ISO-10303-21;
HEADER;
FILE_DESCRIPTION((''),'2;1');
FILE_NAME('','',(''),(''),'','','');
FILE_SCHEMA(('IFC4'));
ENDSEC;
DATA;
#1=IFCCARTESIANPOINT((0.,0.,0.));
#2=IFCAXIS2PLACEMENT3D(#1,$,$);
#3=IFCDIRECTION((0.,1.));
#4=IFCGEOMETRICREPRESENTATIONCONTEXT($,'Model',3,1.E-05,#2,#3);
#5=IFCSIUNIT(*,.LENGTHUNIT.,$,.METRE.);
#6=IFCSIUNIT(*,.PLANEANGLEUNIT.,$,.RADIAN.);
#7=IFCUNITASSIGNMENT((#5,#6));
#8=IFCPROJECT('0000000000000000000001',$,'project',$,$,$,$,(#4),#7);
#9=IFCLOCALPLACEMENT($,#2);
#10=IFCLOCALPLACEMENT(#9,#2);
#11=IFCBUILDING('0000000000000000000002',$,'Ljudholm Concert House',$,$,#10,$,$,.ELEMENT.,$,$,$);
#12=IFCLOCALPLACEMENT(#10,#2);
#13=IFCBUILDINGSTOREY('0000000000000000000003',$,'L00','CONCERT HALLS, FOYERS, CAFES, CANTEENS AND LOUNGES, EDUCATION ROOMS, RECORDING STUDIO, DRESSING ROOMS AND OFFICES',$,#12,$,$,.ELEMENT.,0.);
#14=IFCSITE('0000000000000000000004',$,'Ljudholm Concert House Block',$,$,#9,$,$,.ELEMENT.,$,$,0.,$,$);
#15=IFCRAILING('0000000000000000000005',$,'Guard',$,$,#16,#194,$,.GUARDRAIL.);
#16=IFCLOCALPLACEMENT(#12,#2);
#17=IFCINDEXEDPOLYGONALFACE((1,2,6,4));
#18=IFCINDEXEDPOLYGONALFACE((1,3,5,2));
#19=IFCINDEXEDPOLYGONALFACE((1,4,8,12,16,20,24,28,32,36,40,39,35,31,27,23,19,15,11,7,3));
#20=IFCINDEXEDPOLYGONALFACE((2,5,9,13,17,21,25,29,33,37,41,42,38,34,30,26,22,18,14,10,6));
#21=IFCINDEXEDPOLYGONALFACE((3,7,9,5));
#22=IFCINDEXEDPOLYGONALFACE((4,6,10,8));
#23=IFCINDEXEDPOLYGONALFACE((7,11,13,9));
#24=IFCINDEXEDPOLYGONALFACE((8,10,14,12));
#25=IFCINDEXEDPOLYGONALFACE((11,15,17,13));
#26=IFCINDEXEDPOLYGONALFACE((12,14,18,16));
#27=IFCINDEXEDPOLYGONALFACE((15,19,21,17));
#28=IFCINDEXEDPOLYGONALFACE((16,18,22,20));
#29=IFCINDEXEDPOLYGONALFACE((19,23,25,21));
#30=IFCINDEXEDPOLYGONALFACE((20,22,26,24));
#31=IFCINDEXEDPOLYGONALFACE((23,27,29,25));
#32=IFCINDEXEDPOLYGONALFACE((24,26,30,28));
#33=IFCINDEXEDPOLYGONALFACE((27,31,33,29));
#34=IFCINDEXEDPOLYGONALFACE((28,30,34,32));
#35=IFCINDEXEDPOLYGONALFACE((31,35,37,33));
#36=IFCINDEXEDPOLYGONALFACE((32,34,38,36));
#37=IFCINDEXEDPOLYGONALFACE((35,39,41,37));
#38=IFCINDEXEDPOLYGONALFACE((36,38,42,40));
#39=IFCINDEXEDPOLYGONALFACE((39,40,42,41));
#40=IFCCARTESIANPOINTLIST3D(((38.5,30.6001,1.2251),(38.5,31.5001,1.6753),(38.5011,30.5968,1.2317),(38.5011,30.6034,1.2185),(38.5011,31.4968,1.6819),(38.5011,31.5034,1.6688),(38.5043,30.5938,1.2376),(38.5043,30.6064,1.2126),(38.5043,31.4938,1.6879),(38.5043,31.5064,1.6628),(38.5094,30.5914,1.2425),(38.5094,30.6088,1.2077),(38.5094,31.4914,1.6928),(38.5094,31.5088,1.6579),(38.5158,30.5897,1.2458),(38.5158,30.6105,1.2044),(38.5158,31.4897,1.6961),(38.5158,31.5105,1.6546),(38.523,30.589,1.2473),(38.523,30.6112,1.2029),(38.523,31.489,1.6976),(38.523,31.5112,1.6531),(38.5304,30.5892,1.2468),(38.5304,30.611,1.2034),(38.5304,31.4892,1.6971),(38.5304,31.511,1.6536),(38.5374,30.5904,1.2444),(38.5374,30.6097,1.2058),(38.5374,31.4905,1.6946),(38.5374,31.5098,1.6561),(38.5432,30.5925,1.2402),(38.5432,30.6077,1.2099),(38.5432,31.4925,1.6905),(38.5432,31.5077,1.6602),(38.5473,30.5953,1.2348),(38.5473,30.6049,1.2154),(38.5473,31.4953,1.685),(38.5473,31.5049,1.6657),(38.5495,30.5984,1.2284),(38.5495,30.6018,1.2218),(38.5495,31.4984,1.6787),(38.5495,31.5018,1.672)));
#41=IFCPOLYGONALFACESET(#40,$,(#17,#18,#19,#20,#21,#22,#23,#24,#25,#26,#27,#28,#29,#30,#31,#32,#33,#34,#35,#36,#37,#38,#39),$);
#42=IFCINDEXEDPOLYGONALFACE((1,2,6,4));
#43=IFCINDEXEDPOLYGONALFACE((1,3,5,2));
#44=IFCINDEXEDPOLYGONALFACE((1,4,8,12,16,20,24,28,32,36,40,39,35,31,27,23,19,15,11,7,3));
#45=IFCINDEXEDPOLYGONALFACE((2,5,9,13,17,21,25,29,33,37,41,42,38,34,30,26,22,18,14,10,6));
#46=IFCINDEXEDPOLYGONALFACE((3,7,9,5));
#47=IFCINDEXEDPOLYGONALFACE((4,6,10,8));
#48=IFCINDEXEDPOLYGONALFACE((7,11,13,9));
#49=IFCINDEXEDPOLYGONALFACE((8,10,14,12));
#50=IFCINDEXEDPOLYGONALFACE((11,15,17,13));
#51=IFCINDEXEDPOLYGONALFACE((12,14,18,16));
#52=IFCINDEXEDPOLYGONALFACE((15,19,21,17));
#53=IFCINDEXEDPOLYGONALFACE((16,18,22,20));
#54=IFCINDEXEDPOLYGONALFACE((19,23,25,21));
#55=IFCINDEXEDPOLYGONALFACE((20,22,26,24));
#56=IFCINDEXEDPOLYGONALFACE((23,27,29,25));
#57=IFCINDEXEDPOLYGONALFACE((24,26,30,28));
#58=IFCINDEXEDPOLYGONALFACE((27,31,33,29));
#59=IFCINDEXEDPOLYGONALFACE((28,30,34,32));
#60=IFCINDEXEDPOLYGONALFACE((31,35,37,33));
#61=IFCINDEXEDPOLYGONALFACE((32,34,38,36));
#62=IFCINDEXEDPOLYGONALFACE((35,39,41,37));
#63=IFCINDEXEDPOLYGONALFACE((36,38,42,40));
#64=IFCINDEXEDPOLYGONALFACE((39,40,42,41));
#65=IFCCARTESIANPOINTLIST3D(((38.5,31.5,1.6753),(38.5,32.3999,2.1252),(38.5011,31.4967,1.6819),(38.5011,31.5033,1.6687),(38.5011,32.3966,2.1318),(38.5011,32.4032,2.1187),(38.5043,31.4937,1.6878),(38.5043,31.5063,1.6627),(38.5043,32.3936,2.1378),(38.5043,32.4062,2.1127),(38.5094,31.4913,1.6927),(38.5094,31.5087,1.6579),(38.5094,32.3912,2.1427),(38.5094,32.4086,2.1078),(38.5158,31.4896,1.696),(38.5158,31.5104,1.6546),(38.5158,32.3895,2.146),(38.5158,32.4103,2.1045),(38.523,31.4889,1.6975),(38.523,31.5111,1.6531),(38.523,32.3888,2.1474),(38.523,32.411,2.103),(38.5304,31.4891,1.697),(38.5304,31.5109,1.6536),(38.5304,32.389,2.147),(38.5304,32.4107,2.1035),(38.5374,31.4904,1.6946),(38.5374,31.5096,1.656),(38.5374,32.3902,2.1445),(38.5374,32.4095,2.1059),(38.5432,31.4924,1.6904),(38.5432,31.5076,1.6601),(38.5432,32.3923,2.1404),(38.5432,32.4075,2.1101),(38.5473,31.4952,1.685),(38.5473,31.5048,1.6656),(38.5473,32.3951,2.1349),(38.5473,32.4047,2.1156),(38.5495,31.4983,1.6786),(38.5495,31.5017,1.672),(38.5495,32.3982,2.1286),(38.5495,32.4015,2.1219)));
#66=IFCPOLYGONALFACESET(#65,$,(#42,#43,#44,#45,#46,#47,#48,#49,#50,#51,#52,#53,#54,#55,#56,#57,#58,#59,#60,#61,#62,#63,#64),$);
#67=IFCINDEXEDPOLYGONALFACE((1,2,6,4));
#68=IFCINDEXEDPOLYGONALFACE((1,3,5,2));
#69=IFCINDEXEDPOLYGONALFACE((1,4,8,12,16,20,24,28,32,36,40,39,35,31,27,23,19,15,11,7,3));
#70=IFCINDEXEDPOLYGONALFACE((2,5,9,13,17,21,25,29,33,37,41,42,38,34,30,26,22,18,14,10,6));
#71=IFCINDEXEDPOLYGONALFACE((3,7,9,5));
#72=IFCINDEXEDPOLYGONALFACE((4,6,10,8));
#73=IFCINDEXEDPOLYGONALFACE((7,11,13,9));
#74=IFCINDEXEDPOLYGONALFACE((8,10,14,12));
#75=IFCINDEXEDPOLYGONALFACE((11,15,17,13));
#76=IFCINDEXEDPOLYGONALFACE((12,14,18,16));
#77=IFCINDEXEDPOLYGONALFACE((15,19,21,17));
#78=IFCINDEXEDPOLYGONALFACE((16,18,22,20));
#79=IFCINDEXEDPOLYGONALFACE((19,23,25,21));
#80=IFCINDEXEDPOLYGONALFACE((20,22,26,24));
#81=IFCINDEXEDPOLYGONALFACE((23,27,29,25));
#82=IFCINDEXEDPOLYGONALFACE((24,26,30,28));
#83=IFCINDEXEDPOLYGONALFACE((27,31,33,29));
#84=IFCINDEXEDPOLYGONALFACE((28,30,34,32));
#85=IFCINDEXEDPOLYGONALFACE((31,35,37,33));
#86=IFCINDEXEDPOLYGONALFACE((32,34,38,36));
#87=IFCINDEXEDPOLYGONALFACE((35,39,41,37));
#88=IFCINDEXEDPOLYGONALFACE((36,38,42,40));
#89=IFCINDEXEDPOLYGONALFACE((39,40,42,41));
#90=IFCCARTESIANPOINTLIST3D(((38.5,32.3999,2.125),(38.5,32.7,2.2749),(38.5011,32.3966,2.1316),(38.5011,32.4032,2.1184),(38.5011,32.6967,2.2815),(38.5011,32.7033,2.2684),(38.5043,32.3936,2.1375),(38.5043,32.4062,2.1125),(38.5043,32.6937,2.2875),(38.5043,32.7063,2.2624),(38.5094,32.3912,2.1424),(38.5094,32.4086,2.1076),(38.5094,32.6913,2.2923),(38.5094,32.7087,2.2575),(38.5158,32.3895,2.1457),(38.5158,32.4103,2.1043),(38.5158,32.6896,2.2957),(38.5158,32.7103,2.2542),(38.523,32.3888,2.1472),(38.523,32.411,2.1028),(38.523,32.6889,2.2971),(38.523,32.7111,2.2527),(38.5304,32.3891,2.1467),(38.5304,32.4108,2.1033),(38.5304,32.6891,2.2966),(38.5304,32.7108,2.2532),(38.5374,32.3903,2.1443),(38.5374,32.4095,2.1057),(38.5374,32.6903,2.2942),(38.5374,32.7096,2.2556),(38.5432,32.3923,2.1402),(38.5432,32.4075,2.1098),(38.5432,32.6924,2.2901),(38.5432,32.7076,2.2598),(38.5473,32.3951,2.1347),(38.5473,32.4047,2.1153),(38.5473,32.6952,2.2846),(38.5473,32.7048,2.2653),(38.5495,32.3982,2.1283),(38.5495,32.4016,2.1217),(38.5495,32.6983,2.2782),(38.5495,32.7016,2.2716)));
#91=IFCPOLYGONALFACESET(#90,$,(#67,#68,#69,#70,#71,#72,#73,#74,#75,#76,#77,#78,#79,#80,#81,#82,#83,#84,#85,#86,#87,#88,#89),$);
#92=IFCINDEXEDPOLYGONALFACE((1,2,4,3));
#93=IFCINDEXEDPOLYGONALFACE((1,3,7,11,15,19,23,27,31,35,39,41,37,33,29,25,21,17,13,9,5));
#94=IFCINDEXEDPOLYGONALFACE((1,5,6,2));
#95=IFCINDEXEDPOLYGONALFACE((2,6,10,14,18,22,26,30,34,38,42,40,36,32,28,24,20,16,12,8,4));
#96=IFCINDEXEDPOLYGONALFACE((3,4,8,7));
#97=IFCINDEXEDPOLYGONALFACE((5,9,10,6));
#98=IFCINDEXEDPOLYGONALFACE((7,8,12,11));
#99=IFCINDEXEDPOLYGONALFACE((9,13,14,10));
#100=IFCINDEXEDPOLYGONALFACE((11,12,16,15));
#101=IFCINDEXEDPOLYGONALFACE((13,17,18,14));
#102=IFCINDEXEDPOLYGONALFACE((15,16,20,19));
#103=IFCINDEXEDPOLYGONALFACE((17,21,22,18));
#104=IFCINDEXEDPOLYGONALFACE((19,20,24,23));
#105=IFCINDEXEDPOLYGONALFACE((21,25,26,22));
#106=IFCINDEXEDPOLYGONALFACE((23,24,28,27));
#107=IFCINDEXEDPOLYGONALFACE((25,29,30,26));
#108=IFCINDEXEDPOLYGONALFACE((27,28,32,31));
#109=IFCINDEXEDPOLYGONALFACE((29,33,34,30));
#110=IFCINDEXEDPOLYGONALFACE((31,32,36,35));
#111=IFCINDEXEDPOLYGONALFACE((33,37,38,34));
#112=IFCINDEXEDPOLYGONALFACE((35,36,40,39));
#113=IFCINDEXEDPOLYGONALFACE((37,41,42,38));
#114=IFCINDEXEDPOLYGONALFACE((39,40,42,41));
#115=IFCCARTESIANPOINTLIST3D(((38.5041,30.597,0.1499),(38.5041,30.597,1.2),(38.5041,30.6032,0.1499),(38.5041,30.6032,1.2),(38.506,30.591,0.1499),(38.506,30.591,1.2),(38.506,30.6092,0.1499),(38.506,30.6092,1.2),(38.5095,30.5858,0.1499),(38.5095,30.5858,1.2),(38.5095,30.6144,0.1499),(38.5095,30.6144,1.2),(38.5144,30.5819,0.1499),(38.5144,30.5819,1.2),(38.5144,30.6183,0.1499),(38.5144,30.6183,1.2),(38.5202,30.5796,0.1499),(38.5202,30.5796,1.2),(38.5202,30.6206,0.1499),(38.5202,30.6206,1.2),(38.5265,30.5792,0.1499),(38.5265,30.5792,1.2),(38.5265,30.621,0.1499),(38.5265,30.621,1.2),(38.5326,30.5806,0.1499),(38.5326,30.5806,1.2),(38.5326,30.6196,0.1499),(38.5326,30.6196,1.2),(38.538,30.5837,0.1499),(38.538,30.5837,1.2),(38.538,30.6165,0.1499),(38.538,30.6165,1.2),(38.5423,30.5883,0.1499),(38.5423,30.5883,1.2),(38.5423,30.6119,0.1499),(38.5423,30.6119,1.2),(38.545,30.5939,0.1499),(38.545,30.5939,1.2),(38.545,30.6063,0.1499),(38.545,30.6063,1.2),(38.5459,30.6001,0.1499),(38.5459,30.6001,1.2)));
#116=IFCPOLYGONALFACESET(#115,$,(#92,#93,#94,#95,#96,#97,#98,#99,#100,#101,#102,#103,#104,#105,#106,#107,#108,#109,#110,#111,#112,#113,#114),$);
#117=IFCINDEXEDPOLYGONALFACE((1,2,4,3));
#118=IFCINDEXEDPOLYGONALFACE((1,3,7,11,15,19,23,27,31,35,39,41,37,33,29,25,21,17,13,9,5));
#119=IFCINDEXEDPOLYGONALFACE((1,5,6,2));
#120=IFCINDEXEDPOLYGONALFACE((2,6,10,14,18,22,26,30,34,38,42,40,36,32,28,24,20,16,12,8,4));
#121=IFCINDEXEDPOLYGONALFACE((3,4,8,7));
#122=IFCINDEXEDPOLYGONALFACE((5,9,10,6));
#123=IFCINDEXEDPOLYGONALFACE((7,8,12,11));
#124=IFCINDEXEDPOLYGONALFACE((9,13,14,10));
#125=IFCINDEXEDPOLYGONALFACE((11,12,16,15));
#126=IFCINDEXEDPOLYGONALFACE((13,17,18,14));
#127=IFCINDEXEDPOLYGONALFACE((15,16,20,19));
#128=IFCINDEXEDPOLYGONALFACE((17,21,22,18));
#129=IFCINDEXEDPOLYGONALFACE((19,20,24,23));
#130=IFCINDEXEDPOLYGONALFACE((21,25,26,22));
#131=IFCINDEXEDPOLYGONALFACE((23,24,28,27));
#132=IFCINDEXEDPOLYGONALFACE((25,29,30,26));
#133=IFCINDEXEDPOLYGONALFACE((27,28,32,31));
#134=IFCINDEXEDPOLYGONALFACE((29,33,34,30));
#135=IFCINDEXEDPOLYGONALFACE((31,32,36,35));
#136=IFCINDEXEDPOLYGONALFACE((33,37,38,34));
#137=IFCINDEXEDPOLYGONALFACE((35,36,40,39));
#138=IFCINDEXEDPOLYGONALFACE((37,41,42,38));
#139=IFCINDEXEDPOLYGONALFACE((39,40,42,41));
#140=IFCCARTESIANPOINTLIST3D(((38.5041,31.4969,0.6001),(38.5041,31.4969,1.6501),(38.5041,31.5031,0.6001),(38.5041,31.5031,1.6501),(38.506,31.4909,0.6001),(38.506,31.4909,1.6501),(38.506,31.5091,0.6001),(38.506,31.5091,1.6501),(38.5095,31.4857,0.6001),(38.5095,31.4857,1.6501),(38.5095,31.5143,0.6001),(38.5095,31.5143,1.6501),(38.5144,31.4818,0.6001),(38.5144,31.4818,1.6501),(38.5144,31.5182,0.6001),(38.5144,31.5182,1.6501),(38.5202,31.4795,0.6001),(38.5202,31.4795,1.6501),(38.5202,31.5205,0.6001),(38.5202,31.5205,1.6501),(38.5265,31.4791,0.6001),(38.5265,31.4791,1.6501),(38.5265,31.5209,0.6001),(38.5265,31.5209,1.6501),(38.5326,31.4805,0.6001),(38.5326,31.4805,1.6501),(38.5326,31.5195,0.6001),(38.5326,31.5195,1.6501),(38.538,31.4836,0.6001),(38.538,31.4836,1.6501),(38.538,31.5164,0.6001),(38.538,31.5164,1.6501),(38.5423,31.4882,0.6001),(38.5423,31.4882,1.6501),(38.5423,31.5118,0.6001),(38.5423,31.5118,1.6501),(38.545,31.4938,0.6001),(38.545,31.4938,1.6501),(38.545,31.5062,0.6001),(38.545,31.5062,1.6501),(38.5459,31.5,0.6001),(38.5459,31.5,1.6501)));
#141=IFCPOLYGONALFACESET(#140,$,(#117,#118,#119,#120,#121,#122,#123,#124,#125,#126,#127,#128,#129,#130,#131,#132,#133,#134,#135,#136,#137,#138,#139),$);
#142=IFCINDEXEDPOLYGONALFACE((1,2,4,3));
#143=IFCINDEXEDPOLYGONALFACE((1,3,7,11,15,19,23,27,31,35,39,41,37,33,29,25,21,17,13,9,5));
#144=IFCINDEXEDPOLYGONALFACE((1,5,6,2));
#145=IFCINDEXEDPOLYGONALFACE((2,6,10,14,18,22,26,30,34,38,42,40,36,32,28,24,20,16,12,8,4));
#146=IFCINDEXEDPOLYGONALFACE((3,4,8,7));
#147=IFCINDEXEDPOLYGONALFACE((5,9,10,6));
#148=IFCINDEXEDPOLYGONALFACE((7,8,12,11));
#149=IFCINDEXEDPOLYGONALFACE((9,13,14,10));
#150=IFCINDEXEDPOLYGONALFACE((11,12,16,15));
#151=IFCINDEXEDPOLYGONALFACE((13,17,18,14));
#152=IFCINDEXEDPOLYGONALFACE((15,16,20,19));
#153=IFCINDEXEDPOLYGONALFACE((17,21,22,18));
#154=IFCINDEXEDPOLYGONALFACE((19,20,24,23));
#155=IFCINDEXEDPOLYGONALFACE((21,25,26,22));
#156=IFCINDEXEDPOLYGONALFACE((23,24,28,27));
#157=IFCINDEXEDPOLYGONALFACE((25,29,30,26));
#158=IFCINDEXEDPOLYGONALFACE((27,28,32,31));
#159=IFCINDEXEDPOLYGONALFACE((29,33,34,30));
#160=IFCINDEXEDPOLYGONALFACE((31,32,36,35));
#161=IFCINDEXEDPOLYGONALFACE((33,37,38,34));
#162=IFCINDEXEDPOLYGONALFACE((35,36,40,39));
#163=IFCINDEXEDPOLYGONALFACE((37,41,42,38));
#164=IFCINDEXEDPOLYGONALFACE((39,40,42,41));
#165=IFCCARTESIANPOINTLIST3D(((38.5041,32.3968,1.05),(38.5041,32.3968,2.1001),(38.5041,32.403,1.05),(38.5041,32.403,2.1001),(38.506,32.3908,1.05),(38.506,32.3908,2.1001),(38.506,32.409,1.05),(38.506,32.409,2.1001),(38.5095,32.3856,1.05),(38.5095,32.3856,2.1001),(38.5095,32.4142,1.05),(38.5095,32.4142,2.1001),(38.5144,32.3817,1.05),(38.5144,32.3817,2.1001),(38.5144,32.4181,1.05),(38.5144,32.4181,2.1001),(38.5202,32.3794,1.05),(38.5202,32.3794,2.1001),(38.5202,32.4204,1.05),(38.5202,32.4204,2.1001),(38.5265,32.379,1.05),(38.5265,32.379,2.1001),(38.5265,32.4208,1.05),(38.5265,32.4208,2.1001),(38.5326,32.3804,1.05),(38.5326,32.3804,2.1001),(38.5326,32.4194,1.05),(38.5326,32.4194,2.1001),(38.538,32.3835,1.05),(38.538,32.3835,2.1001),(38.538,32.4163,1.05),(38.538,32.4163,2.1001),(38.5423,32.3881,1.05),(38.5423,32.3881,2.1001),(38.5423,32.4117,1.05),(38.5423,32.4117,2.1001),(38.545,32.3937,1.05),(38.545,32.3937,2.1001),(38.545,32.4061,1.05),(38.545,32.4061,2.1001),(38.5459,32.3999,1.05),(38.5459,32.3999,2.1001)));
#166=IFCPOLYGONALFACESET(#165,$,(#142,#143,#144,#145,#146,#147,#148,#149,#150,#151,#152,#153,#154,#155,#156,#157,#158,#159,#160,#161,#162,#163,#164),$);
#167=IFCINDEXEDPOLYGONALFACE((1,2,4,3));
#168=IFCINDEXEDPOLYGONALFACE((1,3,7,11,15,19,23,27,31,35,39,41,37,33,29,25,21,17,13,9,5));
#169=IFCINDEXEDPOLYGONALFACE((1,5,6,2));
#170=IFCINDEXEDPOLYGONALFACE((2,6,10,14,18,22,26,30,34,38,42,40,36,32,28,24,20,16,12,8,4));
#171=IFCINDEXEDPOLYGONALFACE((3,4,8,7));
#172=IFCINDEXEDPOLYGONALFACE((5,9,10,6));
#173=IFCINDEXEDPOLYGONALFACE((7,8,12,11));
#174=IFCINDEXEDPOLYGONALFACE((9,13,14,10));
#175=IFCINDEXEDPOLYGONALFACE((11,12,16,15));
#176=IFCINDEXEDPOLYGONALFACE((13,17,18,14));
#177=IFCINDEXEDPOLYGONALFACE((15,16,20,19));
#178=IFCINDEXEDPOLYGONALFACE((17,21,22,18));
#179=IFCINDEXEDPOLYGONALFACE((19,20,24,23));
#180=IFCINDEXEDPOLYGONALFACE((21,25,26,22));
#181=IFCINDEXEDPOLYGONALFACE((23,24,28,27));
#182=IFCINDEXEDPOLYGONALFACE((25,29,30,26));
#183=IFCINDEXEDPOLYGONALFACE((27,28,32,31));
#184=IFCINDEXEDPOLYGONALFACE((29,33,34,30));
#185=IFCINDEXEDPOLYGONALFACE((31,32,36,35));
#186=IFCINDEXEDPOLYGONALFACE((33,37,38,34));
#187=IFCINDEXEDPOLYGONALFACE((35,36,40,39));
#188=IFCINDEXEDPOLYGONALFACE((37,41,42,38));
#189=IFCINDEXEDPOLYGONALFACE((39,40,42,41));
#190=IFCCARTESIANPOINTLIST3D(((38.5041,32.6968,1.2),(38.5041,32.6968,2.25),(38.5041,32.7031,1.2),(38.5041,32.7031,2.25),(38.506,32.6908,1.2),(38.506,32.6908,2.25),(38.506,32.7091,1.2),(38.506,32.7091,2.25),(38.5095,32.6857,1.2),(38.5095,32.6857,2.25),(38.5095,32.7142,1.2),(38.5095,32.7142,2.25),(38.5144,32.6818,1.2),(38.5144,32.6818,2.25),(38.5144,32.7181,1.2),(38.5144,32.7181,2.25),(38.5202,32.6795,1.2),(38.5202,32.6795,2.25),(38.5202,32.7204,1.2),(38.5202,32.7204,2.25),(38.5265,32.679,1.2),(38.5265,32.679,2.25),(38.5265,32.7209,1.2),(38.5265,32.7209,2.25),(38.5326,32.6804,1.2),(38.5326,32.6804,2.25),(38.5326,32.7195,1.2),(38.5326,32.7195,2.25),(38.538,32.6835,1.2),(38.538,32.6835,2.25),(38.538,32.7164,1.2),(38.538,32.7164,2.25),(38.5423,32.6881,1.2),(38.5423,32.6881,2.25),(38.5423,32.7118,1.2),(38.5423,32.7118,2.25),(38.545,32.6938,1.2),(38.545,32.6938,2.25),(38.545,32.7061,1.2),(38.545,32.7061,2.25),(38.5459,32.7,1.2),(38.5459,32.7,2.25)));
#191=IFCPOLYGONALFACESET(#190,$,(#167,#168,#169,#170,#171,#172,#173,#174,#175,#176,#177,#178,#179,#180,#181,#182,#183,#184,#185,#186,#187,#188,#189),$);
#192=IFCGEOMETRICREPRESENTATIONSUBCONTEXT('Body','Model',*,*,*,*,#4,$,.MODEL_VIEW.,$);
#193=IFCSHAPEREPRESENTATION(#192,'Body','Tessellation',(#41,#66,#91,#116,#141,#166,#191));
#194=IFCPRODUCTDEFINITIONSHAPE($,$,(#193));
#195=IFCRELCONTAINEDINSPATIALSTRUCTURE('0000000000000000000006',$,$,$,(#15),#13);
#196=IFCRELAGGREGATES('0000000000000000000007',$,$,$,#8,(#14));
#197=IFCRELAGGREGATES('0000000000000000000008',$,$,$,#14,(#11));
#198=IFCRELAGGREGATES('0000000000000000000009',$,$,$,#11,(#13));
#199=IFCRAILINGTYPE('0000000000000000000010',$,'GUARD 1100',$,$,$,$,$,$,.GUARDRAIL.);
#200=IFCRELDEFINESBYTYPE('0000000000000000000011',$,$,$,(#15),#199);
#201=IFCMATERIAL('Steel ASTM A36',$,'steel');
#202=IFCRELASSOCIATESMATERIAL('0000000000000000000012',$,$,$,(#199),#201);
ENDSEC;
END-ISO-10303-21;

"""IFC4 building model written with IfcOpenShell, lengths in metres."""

from ifc_helpers import new_model, si_unit, direction, frame, origin, origin_2d, place, context, subcontext, project, spatial, circle, extrude, material, type_object, element, save


model = new_model("IFC4")

# Units and contexts
model_context = context("Model", 3, precision=1e-05, world=origin(), true_north=direction((0.0, 1.0)))
body_context = subcontext(model_context, "Body", "Model", "MODEL_VIEW")
ifc_project = project(units=[si_unit("LENGTHUNIT", "METRE"), si_unit("PLANEANGLEUNIT", "RADIAN")], contexts=[model_context])

# Site, building, storey
site_placement = place(None, origin())
site = spatial("IfcSite", under=ifc_project, at=site_placement, Name="Ljudholm Concert House Block", CompositionType="ELEMENT", RefElevation=0.0)
building_placement = place(site_placement, origin())
building = spatial("IfcBuilding", under=site, at=building_placement, Name="Ljudholm Concert House", CompositionType="ELEMENT")
storey_placement = place(building_placement, origin())
storey = spatial("IfcBuildingStorey", under=building, at=storey_placement, Name="L00", Description="CONCERT HALLS, FOYERS, CAFES, CANTEENS AND LOUNGES, EDUCATION ROOMS, RECORDING STUDIO, DRESSING ROOMS AND OFFICES", CompositionType="ELEMENT", Elevation=0.0)

# Railing
ifc_material_1 = material(Name="Steel ASTM A36", Category="steel")
railing_type_1 = type_object("IfcRailingType", Name="GUARD 1100", PredefinedType="GUARDRAIL", material=ifc_material_1)
for number, where, name in (
    (1, (38.5249, 30.6001, 0.1499), "Guard"),
):
    element("IfcRailing", number, at=place(storey_placement, frame(where)), inside=storey, type_object=railing_type_1, Name=name, PredefinedType="GUARDRAIL", context=body_context, shape_type="SweptSolid", body=[
        extrude(circle(Radius=0.0249, at=origin_2d()), frame((0.0, 0.0, 1.0752), z_axis=(0.0, 0.89433, 0.447408), x_axis=(-1.0, 0.0, 0.0)), (0.0, 0.0, 1.0), 1.0063),
        extrude(circle(Radius=0.0249, at=origin_2d()), frame((0.0, 0.8999, 1.5254), z_axis=(0.0, 0.894427, 0.447214), x_axis=(-1.0, 0.0, 0.0)), (0.0, 0.0, 1.0), 1.0061),
        extrude(circle(Radius=0.0249, at=origin_2d()), frame((0.0, 1.7998, 1.9751), z_axis=(0.0, 0.894573, 0.446922), x_axis=(-1.0, 0.0, 0.0)), (0.0, 0.0, 1.0), 0.3354),
        extrude(circle(Radius=0.021, at=origin_2d()), origin(), (0.0, 0.0, 1.0), 1.05),
        extrude(circle(Radius=0.021, at=origin_2d()), frame((0.0, 0.8999, 0.4502)), (0.0, 0.0, 1.0), 1.05),
        extrude(circle(Radius=0.021, at=origin_2d()), frame((0.0, 1.7998, 0.9001)), (0.0, 0.0, 1.0), 1.05),
        extrude(circle(Radius=0.021, at=origin_2d()), frame((0.0, 2.0999, 1.05)), (0.0, 0.0, 1.0), 1.05),
    ])

save(model, "model.ifc")
